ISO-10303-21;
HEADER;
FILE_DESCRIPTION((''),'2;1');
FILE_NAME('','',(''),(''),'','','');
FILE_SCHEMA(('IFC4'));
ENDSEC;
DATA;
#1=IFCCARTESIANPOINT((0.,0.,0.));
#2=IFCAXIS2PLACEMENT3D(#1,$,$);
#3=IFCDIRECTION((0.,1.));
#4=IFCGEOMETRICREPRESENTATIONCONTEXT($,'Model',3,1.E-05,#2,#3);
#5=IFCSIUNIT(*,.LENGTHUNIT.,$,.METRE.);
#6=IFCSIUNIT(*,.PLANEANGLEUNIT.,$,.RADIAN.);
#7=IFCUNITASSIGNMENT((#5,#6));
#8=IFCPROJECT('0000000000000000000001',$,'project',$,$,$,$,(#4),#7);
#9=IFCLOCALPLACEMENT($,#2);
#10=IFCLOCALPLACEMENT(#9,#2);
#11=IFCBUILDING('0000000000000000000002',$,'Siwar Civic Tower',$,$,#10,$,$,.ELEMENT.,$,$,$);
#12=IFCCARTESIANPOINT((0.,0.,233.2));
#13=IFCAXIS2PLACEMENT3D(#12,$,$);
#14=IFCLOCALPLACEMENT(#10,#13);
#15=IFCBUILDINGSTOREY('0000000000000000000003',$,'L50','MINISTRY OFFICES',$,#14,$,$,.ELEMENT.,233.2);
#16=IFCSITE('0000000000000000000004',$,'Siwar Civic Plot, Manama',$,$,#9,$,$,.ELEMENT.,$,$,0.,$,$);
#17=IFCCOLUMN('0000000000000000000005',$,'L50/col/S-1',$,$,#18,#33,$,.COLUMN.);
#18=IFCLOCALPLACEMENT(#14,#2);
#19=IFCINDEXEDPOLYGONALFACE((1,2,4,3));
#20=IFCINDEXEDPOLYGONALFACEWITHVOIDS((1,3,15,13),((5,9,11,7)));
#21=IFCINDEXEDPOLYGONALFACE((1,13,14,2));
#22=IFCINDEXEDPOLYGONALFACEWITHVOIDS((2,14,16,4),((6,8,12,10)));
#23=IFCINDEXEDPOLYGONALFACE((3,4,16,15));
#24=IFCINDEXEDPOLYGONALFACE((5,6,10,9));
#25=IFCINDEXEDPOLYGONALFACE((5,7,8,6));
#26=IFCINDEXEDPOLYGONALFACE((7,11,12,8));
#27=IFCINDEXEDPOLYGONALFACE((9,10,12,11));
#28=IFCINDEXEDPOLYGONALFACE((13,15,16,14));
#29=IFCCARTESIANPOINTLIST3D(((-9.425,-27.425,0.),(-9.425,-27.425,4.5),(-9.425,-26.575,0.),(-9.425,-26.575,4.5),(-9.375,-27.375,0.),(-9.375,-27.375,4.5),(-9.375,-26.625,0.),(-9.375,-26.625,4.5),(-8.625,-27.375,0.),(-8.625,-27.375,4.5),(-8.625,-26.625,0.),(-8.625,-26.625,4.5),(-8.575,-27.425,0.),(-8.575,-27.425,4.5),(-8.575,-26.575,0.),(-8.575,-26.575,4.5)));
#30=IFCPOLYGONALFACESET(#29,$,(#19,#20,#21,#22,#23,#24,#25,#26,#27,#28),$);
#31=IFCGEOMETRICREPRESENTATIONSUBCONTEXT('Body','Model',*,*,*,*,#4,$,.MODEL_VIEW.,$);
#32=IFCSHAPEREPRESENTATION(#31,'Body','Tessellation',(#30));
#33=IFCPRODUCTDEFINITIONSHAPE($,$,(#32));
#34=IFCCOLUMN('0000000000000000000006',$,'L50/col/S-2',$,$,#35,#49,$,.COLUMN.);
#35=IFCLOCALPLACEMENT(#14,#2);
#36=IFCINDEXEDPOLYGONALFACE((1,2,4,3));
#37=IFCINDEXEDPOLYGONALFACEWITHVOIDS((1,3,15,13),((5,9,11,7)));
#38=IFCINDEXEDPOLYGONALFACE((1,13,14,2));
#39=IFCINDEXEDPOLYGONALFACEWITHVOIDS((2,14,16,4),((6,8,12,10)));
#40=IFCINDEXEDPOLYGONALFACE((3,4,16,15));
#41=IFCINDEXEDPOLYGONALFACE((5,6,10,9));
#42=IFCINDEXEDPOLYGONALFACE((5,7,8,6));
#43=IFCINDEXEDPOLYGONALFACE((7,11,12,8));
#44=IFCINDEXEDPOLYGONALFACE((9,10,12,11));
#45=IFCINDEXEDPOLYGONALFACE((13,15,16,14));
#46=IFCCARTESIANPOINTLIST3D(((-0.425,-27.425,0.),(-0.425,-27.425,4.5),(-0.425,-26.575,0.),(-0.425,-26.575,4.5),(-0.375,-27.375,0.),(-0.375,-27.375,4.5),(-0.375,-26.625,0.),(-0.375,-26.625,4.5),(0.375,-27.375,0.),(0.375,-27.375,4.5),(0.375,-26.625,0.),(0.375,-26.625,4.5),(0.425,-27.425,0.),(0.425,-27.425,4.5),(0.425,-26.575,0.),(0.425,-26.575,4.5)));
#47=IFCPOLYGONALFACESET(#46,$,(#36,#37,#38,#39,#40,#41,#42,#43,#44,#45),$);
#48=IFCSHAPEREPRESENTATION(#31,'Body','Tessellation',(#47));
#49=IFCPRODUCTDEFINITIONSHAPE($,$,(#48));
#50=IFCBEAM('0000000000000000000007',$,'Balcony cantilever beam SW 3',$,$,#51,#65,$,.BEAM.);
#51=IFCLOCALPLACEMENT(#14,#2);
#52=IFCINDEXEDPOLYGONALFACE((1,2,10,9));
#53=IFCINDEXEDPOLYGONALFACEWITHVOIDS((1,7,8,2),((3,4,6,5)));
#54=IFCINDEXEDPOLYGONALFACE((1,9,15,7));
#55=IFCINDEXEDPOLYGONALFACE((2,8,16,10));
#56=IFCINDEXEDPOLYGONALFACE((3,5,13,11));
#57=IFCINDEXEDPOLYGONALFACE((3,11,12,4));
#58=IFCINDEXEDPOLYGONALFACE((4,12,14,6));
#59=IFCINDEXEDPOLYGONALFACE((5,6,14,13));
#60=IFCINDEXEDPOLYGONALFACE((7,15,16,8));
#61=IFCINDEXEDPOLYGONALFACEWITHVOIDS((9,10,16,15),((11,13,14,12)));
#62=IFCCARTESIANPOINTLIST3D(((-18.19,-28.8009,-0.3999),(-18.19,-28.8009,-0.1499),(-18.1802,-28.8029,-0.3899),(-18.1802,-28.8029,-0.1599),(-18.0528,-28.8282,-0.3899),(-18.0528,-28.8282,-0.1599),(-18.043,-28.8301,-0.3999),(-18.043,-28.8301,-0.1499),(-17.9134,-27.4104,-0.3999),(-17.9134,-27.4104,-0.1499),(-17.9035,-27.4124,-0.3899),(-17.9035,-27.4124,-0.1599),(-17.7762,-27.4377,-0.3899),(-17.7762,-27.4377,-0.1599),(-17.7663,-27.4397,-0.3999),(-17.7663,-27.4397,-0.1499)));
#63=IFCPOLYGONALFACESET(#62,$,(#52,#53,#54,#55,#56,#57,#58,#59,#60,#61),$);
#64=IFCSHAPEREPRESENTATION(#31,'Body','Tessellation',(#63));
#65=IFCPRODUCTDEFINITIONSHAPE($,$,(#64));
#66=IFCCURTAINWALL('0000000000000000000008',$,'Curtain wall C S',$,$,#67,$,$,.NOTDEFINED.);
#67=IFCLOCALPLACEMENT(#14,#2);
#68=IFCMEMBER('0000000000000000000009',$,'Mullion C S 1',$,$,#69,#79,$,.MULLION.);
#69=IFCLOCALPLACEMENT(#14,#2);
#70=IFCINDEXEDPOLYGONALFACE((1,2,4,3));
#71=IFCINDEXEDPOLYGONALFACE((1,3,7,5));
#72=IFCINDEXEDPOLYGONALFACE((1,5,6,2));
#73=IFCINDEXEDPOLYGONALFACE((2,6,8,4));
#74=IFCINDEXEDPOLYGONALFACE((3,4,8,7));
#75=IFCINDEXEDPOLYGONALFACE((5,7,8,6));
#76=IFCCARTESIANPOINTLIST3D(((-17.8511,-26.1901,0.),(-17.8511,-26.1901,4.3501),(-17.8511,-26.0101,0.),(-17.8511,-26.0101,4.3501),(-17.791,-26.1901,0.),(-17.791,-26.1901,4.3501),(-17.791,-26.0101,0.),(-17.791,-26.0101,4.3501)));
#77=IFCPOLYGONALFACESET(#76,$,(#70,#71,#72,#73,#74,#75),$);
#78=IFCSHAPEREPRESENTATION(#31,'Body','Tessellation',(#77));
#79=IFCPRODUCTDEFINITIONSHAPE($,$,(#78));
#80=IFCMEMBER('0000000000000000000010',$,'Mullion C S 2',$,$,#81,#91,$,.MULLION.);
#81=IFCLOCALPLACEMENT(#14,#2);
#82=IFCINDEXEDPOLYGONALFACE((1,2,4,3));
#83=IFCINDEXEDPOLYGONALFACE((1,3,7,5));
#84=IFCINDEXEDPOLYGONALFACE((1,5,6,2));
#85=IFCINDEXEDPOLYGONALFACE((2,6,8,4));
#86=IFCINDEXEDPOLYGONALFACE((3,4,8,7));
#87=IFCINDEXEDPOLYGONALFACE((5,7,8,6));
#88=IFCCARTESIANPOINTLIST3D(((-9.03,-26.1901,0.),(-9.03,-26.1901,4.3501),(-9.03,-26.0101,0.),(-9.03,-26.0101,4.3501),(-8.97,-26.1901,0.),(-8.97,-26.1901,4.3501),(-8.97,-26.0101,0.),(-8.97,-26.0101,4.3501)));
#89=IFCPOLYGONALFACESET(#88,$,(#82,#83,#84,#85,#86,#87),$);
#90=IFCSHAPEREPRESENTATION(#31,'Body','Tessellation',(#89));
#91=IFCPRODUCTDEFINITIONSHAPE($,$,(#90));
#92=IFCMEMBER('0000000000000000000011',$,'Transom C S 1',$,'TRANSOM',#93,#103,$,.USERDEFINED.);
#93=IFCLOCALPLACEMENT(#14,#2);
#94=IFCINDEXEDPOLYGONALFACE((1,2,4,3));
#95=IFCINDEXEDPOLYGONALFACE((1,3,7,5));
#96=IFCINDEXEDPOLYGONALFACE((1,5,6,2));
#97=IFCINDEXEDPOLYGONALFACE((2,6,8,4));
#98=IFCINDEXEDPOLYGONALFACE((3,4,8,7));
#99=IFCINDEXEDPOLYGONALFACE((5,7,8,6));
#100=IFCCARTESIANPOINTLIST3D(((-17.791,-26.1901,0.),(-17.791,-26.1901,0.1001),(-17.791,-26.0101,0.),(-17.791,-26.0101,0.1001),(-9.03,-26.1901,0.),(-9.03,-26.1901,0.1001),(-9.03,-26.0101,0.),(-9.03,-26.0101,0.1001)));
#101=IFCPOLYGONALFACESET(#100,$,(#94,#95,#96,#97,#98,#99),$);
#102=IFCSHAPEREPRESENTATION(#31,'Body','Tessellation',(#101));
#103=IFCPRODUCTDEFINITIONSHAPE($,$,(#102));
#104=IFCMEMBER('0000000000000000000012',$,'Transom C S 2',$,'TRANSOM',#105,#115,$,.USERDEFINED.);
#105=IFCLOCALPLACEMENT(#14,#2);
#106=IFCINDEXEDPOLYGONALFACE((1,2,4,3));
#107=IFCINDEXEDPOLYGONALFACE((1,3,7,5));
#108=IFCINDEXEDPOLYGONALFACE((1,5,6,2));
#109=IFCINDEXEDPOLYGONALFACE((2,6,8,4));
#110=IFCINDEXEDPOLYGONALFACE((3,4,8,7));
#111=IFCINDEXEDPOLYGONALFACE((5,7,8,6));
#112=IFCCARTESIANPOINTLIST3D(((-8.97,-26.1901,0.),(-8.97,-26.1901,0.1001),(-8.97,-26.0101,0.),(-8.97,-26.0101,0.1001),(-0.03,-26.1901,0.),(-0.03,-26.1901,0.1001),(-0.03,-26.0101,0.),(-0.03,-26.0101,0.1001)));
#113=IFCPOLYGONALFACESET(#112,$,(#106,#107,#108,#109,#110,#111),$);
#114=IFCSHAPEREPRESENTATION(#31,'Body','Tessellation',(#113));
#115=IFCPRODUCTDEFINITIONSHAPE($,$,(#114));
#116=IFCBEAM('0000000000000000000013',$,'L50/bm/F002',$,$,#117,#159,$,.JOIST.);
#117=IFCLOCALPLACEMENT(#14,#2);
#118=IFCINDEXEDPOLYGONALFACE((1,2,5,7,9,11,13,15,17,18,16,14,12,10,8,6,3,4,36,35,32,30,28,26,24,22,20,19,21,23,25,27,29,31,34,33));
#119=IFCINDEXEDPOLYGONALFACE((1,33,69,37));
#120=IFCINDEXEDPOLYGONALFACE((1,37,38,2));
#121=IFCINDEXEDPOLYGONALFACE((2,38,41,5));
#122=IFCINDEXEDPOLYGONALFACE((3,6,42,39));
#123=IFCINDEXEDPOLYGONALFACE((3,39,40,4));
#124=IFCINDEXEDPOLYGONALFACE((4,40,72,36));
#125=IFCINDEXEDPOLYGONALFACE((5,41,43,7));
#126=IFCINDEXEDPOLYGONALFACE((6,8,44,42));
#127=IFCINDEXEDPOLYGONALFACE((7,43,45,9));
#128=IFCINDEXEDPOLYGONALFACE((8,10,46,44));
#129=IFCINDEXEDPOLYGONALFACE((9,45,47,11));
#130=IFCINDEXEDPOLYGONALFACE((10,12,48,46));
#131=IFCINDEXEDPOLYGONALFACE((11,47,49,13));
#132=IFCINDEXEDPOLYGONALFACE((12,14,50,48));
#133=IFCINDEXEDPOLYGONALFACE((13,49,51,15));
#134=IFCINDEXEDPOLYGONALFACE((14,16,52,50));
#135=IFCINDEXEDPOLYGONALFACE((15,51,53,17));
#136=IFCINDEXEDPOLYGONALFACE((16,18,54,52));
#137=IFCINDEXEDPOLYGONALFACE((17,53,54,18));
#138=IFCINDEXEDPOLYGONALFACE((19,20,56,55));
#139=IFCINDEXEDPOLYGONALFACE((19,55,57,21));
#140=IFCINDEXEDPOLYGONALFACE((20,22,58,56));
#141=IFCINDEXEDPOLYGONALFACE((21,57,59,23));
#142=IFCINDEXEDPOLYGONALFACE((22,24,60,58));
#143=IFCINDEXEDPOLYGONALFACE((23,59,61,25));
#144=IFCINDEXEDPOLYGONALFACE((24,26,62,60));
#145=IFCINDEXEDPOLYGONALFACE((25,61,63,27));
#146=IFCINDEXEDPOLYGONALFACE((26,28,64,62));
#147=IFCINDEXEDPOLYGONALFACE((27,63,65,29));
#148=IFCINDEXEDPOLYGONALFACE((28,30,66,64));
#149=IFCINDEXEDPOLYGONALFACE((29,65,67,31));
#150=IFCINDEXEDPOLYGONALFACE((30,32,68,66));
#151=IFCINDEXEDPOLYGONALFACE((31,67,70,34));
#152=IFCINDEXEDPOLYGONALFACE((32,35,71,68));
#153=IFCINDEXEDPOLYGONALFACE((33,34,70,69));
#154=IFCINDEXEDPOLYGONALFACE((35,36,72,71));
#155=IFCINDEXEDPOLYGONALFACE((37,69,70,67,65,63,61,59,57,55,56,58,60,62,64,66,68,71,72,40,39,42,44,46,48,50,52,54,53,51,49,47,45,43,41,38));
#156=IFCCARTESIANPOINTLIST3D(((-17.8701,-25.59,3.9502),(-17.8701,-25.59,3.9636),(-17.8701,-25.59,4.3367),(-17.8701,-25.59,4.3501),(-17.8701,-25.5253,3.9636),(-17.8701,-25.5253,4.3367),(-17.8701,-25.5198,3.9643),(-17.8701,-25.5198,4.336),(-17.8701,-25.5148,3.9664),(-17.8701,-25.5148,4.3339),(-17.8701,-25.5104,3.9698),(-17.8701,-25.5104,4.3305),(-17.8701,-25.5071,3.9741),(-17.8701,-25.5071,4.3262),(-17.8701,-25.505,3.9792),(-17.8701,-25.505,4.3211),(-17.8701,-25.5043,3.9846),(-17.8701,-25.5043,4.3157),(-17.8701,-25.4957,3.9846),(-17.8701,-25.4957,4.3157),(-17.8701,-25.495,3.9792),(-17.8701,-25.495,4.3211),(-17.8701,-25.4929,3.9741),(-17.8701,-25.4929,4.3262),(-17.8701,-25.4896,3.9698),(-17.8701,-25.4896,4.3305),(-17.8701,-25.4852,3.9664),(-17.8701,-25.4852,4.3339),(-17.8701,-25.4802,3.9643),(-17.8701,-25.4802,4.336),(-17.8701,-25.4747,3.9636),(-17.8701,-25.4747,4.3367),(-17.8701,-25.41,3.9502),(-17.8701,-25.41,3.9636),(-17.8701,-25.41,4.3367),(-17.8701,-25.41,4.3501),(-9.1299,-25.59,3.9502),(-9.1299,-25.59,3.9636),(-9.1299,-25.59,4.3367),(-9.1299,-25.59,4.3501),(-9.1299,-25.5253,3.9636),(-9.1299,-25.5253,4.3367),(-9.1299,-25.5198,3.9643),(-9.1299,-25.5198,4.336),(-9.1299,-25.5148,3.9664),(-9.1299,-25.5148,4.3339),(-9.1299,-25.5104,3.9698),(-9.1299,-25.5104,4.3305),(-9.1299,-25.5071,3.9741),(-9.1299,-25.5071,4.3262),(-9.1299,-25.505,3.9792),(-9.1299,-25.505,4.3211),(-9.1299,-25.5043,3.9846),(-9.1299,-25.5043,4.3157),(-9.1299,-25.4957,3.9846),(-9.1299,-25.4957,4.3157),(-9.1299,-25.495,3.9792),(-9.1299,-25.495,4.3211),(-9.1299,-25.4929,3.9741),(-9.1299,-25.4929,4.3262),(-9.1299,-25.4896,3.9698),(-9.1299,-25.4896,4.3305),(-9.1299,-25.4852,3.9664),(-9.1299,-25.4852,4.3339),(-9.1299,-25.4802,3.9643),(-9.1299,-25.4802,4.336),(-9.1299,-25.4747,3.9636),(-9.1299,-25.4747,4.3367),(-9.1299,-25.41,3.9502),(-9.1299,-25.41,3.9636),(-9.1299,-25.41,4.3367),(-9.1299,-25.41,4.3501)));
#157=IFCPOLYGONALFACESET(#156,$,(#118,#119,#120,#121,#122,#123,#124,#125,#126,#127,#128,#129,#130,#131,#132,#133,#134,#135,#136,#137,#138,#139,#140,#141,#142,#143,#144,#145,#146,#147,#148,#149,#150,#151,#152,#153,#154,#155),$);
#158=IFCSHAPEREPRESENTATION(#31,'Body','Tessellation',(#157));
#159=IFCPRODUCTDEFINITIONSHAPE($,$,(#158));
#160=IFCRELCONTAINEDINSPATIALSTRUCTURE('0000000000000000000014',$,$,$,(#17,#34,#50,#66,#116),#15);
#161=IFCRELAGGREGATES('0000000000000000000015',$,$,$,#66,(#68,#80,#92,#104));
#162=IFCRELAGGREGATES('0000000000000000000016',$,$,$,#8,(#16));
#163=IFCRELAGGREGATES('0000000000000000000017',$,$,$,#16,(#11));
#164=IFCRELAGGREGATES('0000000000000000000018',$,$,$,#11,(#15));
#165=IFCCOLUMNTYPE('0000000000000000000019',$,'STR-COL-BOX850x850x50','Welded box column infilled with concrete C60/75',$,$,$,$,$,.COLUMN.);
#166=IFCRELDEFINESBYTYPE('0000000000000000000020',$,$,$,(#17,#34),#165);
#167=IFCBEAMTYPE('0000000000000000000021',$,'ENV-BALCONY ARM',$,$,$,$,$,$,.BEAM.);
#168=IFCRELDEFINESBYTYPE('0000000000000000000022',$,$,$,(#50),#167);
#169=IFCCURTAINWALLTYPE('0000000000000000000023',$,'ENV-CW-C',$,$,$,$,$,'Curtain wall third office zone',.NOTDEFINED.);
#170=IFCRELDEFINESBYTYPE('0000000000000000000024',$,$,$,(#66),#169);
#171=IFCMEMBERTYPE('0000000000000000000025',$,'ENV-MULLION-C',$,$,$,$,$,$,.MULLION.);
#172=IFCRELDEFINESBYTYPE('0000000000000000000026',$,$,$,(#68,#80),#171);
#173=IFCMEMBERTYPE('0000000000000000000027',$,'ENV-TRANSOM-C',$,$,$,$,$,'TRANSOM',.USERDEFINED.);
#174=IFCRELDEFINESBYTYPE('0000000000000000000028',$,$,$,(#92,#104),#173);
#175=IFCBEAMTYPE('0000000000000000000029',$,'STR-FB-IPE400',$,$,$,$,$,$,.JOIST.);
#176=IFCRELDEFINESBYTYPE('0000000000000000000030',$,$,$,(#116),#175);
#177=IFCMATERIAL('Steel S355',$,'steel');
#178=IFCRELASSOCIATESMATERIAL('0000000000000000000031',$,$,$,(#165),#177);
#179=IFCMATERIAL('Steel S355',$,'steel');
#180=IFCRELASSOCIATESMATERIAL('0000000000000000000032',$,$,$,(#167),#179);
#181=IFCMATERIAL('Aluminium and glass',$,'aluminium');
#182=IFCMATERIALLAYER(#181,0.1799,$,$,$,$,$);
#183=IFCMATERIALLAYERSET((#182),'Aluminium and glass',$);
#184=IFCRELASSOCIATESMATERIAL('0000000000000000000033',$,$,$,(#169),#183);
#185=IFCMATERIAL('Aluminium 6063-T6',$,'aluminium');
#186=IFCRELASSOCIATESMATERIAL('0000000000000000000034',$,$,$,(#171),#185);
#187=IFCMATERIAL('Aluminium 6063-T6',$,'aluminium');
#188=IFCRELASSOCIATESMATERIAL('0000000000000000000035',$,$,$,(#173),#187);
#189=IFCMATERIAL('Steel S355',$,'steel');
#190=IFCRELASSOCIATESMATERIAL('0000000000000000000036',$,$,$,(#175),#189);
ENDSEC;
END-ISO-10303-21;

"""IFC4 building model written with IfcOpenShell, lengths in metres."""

from ifc_helpers import new_model, si_unit, direction, frame, origin, origin_2d, place, context, subcontext, project, spatial, rectangle, hollow_rectangle, i_section, extrude, material, layer, layer_set, material_profile, profile_set, type_object, element, aggregate, save


model = new_model("IFC4")

# Units and contexts
model_context = context("Model", 3, precision=1e-05, world=origin(), true_north=direction((0.0, 1.0)))
body_context = subcontext(model_context, "Body", "Model", "MODEL_VIEW")
ifc_project = project(units=[si_unit("LENGTHUNIT", "METRE"), si_unit("PLANEANGLEUNIT", "RADIAN")], contexts=[model_context])

# Site, building, storey
site_placement = place(None, origin())
site = spatial("IfcSite", under=ifc_project, at=site_placement, Name="Siwar Civic Plot, Manama", CompositionType="ELEMENT", RefElevation=0.0)
building_placement = place(site_placement, origin())
building = spatial("IfcBuilding", under=site, at=building_placement, Name="Siwar Civic Tower", CompositionType="ELEMENT")
storey_placement = place(building_placement, frame((0.0, 0.0, 233.2)))
storey = spatial("IfcBuildingStorey", under=building, at=storey_placement, Name="L50", Description="MINISTRY OFFICES", CompositionType="ELEMENT", Elevation=233.2)

# Columns
ifc_material_1 = material(Name="Steel S355", Category="steel")
ifc_material_profile_1 = material_profile(ifc_material_1, hollow_rectangle(XDim=0.8501, YDim=0.8501, WallThickness=0.05, at=origin_2d()), Name="BOX850x850x50")
ifc_profile_set_1 = profile_set([ifc_material_profile_1], Name="Steel S355")
column_type = type_object("IfcColumnType", Name="STR-COL-BOX850x850x50", Description="Welded box column infilled with concrete C60/75", PredefinedType="COLUMN", material=ifc_profile_set_1)
for number, where, z_axis, x_axis, name in (
    (1, (-9.0, -27.0, 0.0), (0.0, 0.0, 1.0), (1.0, 0.0, 0.0), "L50/col/S-1"),
    (2, (0.0, -27.0, 0.0), (0.0, 0.0, 1.0), (1.0, 0.0, 0.0), "L50/col/S-2"),
):
    element("IfcColumn", number, at=place(storey_placement, frame(where, z_axis=z_axis, x_axis=x_axis)), inside=storey, type_object=column_type, Name=name, PredefinedType="COLUMN", context=body_context, shape_type="SweptSolid", body=[
        extrude(hollow_rectangle(XDim=0.8501, YDim=0.8501, WallThickness=0.05, at=origin_2d()), origin(), (0.0, 0.0, 1.0), 4.5),
    ])

# Beam
ifc_material_2 = material(Name="Steel S355", Category="steel")
ifc_material_profile_2 = material_profile(ifc_material_2, hollow_rectangle(XDim=0.1499, YDim=0.25, WallThickness=0.01, at=origin_2d()), Name="RHS250x150x10")
ifc_profile_set_2 = profile_set([ifc_material_profile_2], Name="Steel S355")
beam_type_1 = type_object("IfcBeamType", Name="ENV-BALCONY ARM", PredefinedType="BEAM", material=ifc_profile_set_2)
beam_1_placement = place(storey_placement, frame((-17.8398, -27.425, -0.2749), z_axis=(-0.195122, -0.980779, 0.0), x_axis=(0.980779, -0.195122, 0.0)))
element("IfcBeam", 3, at=beam_1_placement, inside=storey, type_object=beam_type_1, Name="Balcony cantilever beam SW 3", PredefinedType="BEAM", context=body_context, shape_type="SweptSolid", body=[
    extrude(hollow_rectangle(XDim=0.1499, YDim=0.25, WallThickness=0.01, at=origin_2d()), origin(), (0.0, 0.0, 1.0), 1.4177),
])

# Curtain wall, members
ifc_material_3 = material(Name="Aluminium and glass", Category="aluminium")
ifc_layer_1 = layer(ifc_material_3, 0.1799)
ifc_layer_set_1 = layer_set([ifc_layer_1], Name="Aluminium and glass")
curtain_wall_type = type_object("IfcCurtainWallType", Name="ENV-CW-C", ElementType="Curtain wall third office zone", PredefinedType="NOTDEFINED", material=ifc_layer_set_1)
curtain_wall_placement = place(storey_placement, origin())
curtain_wall = element("IfcCurtainWall", 4, at=curtain_wall_placement, inside=storey, type_object=curtain_wall_type, Name="Curtain wall C S", PredefinedType="NOTDEFINED")
ifc_material_4 = material(Name="Aluminium 6063-T6", Category="aluminium")
ifc_material_profile_3 = material_profile(ifc_material_4, rectangle(XDim=0.1799, YDim=0.0601, at=origin_2d()), Name="AL 180x60")
ifc_profile_set_3 = profile_set([ifc_material_profile_3], Name="Aluminium 6063-T6")
member_type_1 = type_object("IfcMemberType", Name="ENV-MULLION-C", PredefinedType="MULLION", material=ifc_profile_set_3)
member_1_placement = place(storey_placement, frame((-17.821, -26.1001, 0.0), z_axis=(0.0, 0.0, 1.0), x_axis=(0.0, 1.0, 0.0)))
member_1 = element("IfcMember", 5, at=member_1_placement, type_object=member_type_1, Name="Mullion C S 1", PredefinedType="MULLION", context=body_context, shape_type="SweptSolid", body=[
    extrude(rectangle(XDim=0.1799, YDim=0.0601, at=origin_2d()), origin(), (0.0, 0.0, 1.0), 4.3501),
])
member_2_placement = place(storey_placement, frame((-9.0, -26.1001, 0.0), z_axis=(0.0, 0.0, 1.0), x_axis=(0.0, 1.0, 0.0)))
member_2 = element("IfcMember", 6, at=member_2_placement, type_object=member_type_1, Name="Mullion C S 2", PredefinedType="MULLION", context=body_context, shape_type="SweptSolid", body=[
    extrude(rectangle(XDim=0.1799, YDim=0.0601, at=origin_2d()), origin(), (0.0, 0.0, 1.0), 4.3501),
])
ifc_material_5 = material(Name="Aluminium 6063-T6", Category="aluminium")
ifc_material_profile_4 = material_profile(ifc_material_5, rectangle(XDim=0.1799, YDim=0.1001, at=origin_2d()), Name="AL 180x100")
ifc_profile_set_4 = profile_set([ifc_material_profile_4], Name="Aluminium 6063-T6")
member_type_2 = type_object("IfcMemberType", Name="ENV-TRANSOM-C", ElementType="TRANSOM", PredefinedType="USERDEFINED", material=ifc_profile_set_4)
member_3_placement = place(storey_placement, frame((-17.791, -26.1001, 0.05), z_axis=(1.0, 0.0, 0.0), x_axis=(0.0, 1.0, 0.0)))
member_3 = element("IfcMember", 7, at=member_3_placement, type_object=member_type_2, Name="Transom C S 1", ObjectType="TRANSOM", PredefinedType="USERDEFINED", context=body_context, shape_type="SweptSolid", body=[
    extrude(rectangle(XDim=0.1799, YDim=0.1001, at=origin_2d()), origin(), (0.0, 0.0, 1.0), 8.761),
])
member_4_placement = place(storey_placement, frame((-8.97, -26.1001, 0.05), z_axis=(1.0, 0.0, 0.0), x_axis=(0.0, 1.0, 0.0)))
member_4 = element("IfcMember", 8, at=member_4_placement, type_object=member_type_2, Name="Transom C S 2", ObjectType="TRANSOM", PredefinedType="USERDEFINED", context=body_context, shape_type="SweptSolid", body=[
    extrude(rectangle(XDim=0.1799, YDim=0.1001, at=origin_2d()), origin(), (0.0, 0.0, 1.0), 8.9399),
])

# Beam
ifc_material_6 = material(Name="Steel S355", Category="steel")
ifc_material_profile_5 = material_profile(ifc_material_6, i_section(OverallWidth=0.1799, OverallDepth=0.3999, WebThickness=0.0085, FlangeThickness=0.0134, FilletRadius=0.021, at=origin_2d()), Name="IPE400")
ifc_profile_set_5 = profile_set([ifc_material_profile_5], Name="Steel S355")
beam_type_2 = type_object("IfcBeamType", Name="STR-FB-IPE400", PredefinedType="JOIST", material=ifc_profile_set_5)
for number, where, z_axis, x_axis, name in (
    (9, (-17.8701, -25.5, 4.1501), (1.0, 0.0, 0.0), (0.0, 1.0, 0.0), "L50/bm/F002"),
):
    element("IfcBeam", number, at=place(storey_placement, frame(where, z_axis=z_axis, x_axis=x_axis)), inside=storey, type_object=beam_type_2, Name=name, PredefinedType="JOIST", context=body_context, shape_type="SweptSolid", body=[
        extrude(i_section(OverallWidth=0.1799, OverallDepth=0.3999, WebThickness=0.0085, FlangeThickness=0.0134, FilletRadius=0.021, at=origin_2d()), origin(), (0.0, 0.0, 1.0), 8.7402),
    ])

aggregate(curtain_wall, [member_1, member_2, member_3, member_4])

save(model, "model.ifc")
